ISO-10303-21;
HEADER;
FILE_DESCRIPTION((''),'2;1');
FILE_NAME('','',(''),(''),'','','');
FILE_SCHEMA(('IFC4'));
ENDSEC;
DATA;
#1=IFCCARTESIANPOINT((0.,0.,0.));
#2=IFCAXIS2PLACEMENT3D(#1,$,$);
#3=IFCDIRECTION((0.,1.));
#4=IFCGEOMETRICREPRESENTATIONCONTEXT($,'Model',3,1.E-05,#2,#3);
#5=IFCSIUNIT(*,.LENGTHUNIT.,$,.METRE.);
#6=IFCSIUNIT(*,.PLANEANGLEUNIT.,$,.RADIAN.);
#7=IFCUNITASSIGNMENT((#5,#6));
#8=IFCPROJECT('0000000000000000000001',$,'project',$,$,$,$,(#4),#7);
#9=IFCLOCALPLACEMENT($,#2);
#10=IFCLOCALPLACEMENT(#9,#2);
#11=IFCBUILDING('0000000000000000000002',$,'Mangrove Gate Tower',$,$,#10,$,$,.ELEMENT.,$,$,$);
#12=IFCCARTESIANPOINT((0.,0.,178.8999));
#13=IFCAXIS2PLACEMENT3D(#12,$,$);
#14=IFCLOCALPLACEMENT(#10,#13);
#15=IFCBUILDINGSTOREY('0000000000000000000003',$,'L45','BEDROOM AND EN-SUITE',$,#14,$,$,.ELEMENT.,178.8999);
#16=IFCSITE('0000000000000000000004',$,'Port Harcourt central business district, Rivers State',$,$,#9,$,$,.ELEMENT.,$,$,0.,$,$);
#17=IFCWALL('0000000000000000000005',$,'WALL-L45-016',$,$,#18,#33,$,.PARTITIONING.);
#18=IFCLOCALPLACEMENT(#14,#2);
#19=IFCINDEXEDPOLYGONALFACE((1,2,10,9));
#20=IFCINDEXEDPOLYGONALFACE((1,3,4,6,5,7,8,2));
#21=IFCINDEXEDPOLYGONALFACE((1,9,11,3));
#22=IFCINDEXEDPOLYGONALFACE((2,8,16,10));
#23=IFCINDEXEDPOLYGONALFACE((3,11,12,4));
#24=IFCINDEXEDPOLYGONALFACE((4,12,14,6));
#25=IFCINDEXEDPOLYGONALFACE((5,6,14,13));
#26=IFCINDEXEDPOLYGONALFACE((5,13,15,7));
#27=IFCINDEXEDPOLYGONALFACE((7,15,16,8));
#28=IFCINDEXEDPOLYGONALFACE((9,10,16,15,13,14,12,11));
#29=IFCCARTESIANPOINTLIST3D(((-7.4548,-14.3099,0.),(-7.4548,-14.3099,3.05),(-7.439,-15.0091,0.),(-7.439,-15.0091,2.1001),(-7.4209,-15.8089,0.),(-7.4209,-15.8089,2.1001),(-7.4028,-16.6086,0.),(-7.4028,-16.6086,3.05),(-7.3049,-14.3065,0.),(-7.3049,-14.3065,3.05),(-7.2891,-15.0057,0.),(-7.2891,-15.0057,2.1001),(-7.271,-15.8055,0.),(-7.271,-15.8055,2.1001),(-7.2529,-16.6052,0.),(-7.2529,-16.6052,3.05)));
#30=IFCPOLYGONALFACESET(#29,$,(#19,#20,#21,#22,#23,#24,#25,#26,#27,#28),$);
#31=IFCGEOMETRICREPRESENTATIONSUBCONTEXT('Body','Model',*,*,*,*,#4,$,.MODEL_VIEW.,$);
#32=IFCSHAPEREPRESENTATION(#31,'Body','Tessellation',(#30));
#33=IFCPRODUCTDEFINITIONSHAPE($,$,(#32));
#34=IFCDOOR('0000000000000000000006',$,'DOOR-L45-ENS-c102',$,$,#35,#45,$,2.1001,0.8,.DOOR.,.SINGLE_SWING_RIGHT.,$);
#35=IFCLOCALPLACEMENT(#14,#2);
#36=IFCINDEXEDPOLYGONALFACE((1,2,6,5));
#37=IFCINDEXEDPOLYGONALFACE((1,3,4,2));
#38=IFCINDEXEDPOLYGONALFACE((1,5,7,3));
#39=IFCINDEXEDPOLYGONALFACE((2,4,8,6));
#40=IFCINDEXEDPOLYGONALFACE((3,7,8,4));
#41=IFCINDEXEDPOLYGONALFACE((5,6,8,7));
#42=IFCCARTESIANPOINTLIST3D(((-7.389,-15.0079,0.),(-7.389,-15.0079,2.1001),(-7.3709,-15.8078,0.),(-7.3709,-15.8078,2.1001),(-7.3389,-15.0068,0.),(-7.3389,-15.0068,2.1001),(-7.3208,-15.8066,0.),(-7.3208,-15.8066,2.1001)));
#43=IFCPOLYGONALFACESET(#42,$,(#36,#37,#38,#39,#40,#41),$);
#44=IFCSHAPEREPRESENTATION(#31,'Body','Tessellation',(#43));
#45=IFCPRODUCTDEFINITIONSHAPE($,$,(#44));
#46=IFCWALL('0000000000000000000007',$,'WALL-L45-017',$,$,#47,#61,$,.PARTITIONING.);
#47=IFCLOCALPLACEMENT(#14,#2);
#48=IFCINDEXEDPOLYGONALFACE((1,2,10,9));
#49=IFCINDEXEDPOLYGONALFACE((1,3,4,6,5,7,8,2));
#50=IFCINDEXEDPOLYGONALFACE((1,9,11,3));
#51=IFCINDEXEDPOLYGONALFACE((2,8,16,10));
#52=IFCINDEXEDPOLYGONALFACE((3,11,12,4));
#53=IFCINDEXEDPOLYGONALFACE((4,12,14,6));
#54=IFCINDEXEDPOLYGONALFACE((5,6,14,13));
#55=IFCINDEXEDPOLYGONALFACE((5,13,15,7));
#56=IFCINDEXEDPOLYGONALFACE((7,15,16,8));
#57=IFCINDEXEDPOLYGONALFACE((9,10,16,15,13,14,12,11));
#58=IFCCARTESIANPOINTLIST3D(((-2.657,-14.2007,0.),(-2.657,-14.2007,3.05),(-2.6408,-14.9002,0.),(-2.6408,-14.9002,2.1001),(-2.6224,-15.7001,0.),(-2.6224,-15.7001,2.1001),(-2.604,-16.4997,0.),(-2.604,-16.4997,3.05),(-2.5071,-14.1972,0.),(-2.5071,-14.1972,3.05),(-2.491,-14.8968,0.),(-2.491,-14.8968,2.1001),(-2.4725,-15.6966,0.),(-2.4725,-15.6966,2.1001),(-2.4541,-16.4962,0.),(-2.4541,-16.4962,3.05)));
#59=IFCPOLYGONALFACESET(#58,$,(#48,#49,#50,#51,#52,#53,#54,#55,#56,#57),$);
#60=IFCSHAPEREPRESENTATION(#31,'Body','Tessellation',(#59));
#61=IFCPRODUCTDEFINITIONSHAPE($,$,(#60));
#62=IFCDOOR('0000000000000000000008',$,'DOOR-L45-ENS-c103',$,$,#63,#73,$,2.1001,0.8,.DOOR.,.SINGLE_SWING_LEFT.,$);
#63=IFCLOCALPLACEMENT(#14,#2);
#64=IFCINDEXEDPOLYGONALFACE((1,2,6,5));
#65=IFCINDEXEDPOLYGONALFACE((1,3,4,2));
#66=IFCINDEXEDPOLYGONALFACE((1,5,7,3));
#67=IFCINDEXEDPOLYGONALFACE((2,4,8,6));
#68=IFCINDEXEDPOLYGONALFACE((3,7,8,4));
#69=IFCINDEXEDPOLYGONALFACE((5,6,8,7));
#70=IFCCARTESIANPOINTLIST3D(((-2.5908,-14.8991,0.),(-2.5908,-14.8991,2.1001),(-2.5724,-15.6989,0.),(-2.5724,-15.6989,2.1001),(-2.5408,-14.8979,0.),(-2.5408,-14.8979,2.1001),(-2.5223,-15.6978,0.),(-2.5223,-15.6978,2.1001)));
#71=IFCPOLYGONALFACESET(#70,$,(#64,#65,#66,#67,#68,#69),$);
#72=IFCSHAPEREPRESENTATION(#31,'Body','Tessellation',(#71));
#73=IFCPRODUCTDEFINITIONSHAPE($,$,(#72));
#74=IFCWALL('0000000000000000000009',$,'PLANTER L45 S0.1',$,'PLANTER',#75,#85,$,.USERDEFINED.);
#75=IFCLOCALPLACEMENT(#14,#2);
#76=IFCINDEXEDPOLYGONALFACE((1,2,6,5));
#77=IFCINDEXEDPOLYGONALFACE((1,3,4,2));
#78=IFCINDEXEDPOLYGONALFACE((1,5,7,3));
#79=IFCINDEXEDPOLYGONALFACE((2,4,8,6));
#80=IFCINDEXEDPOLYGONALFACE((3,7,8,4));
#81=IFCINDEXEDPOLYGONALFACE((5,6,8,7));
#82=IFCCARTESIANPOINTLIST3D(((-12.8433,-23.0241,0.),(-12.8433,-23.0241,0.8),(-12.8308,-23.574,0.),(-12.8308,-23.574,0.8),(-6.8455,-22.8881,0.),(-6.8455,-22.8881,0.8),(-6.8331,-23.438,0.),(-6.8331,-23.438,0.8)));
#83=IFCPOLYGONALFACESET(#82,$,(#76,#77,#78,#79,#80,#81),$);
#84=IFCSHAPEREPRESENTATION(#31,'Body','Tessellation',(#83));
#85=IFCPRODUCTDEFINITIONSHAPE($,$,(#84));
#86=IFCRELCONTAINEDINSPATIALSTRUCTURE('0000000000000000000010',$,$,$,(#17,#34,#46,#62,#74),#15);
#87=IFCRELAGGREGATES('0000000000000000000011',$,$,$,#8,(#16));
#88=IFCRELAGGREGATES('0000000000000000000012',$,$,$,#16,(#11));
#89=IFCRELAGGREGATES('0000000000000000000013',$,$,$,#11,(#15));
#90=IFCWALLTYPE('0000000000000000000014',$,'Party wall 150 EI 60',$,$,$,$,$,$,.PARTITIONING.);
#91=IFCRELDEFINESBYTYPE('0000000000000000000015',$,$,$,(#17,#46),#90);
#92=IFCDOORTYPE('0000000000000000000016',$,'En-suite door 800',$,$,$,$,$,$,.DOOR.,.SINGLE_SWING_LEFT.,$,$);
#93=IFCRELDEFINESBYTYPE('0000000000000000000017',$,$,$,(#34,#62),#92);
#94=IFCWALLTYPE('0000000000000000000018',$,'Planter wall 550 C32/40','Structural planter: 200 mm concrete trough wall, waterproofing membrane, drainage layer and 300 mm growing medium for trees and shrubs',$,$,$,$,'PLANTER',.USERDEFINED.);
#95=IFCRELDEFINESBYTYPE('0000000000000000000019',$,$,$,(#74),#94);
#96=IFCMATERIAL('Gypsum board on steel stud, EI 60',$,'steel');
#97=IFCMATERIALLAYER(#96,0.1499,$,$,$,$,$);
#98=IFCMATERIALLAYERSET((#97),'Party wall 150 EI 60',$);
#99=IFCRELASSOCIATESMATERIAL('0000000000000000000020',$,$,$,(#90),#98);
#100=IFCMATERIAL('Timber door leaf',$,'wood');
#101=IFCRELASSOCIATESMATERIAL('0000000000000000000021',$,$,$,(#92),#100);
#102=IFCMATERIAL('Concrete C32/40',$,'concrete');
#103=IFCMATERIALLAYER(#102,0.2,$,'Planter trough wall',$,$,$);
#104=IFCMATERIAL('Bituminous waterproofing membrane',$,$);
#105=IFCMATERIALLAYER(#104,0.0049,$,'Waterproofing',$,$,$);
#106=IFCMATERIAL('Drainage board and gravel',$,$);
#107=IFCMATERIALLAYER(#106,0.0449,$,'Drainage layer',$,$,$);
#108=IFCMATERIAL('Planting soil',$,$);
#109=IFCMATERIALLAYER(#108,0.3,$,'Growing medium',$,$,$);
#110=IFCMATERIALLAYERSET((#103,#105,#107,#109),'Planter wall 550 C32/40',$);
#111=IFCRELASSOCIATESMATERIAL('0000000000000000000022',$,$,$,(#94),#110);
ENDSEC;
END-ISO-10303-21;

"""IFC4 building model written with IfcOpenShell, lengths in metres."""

from ifc_helpers import new_model, si_unit, direction, frame, frame_2d, origin, place, context, subcontext, project, spatial, rectangle, extrude, material, layer, layer_set, type_object, element, fill, save


model = new_model("IFC4")

# Units and contexts
model_context = context("Model", 3, precision=1e-05, world=origin(), true_north=direction((0.0, 1.0)))
body_context = subcontext(model_context, "Body", "Model", "MODEL_VIEW")
ifc_project = project(units=[si_unit("LENGTHUNIT", "METRE"), si_unit("PLANEANGLEUNIT", "RADIAN")], contexts=[model_context])

# Site, building, storey
site_placement = place(None, origin())
site = spatial("IfcSite", under=ifc_project, at=site_placement, Name="Port Harcourt central business district, Rivers State", CompositionType="ELEMENT", RefElevation=0.0)
building_placement = place(site_placement, origin())
building = spatial("IfcBuilding", under=site, at=building_placement, Name="Mangrove Gate Tower", CompositionType="ELEMENT")
storey_placement = place(building_placement, frame((0.0, 0.0, 178.8999)))
storey = spatial("IfcBuildingStorey", under=building, at=storey_placement, Name="L45", Description="BEDROOM AND EN-SUITE", CompositionType="ELEMENT", Elevation=178.8999)

# Shared definitions
ifc_material_1 = material(Name="Gypsum board on steel stud, EI 60", Category="steel")
ifc_layer_1 = layer(ifc_material_1, 0.1499)
ifc_layer_set_1 = layer_set([ifc_layer_1], Name="Party wall 150 EI 60")
wall_type_1 = type_object("IfcWallType", Name="Party wall 150 EI 60", PredefinedType="PARTITIONING", material=ifc_layer_set_1)

# Shared definitions
ifc_material_2 = material(Name="Timber door leaf", Category="wood")
door_type = type_object("IfcDoorType", Name="En-suite door 800", OperationType="SINGLE_SWING_LEFT", PredefinedType="DOOR", material=ifc_material_2)

# Walls, openings, doors
wall_1_placement = place(storey_placement, frame((-7.3279, -16.6069, 0.0), z_axis=(0.0, 0.0, 1.0), x_axis=(-0.022615, 0.999744, 0.0)))
wall_1 = element("IfcWall", 1, at=wall_1_placement, inside=storey, type_object=wall_type_1, Name="WALL-L45-016", PredefinedType="PARTITIONING", context=body_context, shape_type="SweptSolid", body=[
    extrude(rectangle(XDim=2.2993, YDim=0.1499, at=frame_2d((1.1497, 0.0))), origin(), (0.0, 0.0, 1.0), 3.05),
])
opening_1_placement = place(wall_1_placement, frame((0.8, 0.0, 0.0)))
opening_1 = element("IfcOpeningElement", 2, at=opening_1_placement, cuts=wall_1, PredefinedType="OPENING", context=body_context, shape_type="SweptSolid", body=[
    extrude(rectangle(XDim=0.8, YDim=2.1001, at=frame_2d((0.3999, 1.05))), frame((0.0, 0.085, 0.0), z_axis=(0.0, -1.0, 0.0), x_axis=(1.0, 0.0, 0.0)), (0.0, 0.0, 1.0), 0.1699),
])
door_1_placement = place(opening_1_placement, origin())
door_1 = element("IfcDoor", 3, at=door_1_placement, inside=storey, type_object=door_type, Name="DOOR-L45-ENS-c102", OperationType="SINGLE_SWING_RIGHT", OverallHeight=2.1001, OverallWidth=0.8, PredefinedType="DOOR", context=body_context, shape_type="SweptSolid", body=[
    extrude(rectangle(XDim=0.8, YDim=2.1001, at=frame_2d((0.3999, 1.05))), frame((0.0, 0.0249, 0.0), z_axis=(0.0, -1.0, 0.0), x_axis=(1.0, 0.0, 0.0)), (0.0, 0.0, 1.0), 0.05),
])
fill(opening_1, door_1)
wall_2_placement = place(storey_placement, frame((-2.5291, -16.498, 0.0), z_axis=(0.0, 0.0, 1.0), x_axis=(-0.023037, 0.999735, 0.0)))
wall_2 = element("IfcWall", 4, at=wall_2_placement, inside=storey, type_object=wall_type_1, Name="WALL-L45-017", PredefinedType="PARTITIONING", context=body_context, shape_type="SweptSolid", body=[
    extrude(rectangle(XDim=2.2996, YDim=0.1499, at=frame_2d((1.1499, 0.0))), origin(), (0.0, 0.0, 1.0), 3.05),
])
opening_2_placement = place(wall_2_placement, frame((0.8, 0.0, 0.0)))
opening_2 = element("IfcOpeningElement", 5, at=opening_2_placement, cuts=wall_2, PredefinedType="OPENING", context=body_context, shape_type="SweptSolid", body=[
    extrude(rectangle(XDim=0.8, YDim=2.1001, at=frame_2d((0.3999, 1.05))), frame((0.0, 0.085, 0.0), z_axis=(0.0, -1.0, 0.0), x_axis=(1.0, 0.0, 0.0)), (0.0, 0.0, 1.0), 0.1699),
])
door_2_placement = place(opening_2_placement, origin())
door_2 = element("IfcDoor", 6, at=door_2_placement, inside=storey, type_object=door_type, Name="DOOR-L45-ENS-c103", OperationType="SINGLE_SWING_LEFT", OverallHeight=2.1001, OverallWidth=0.8, PredefinedType="DOOR", context=body_context, shape_type="SweptSolid", body=[
    extrude(rectangle(XDim=0.8, YDim=2.1001, at=frame_2d((0.3999, 1.05))), frame((0.0, 0.0249, 0.0), z_axis=(0.0, -1.0, 0.0), x_axis=(1.0, 0.0, 0.0)), (0.0, 0.0, 1.0), 0.05),
])
fill(opening_2, door_2)

# Wall
ifc_material_3 = material(Name="Concrete C32/40", Category="concrete")
ifc_layer_2 = layer(ifc_material_3, 0.2, Name="Planter trough wall")
ifc_material_4 = material(Name="Bituminous waterproofing membrane")
ifc_layer_3 = layer(ifc_material_4, 0.0049, Name="Waterproofing")
ifc_material_5 = material(Name="Drainage board and gravel")
ifc_layer_4 = layer(ifc_material_5, 0.0449, Name="Drainage layer")
ifc_material_6 = material(Name="Planting soil")
ifc_layer_5 = layer(ifc_material_6, 0.3, Name="Growing medium")
ifc_layer_set_2 = layer_set([ifc_layer_2, ifc_layer_3, ifc_layer_4, ifc_layer_5], Name="Planter wall 550 C32/40")
wall_type_2 = type_object("IfcWallType", Name="Planter wall 550 C32/40", Description="Structural planter: 200 mm concrete trough wall, waterproofing membrane, drainage layer and 300 mm growing medium for trees and shrubs", ElementType="PLANTER", PredefinedType="USERDEFINED", material=ifc_layer_set_2)
wall_3_placement = place(storey_placement, frame((-12.8369, -23.2991, 0.0), z_axis=(0.0, 0.0, 1.0), x_axis=(0.999743, 0.022667, 0.0)))
element("IfcWall", 7, at=wall_3_placement, inside=storey, type_object=wall_type_2, Name="PLANTER L45 S0.1", ObjectType="PLANTER", PredefinedType="USERDEFINED", context=body_context, shape_type="SweptSolid", body=[
    extrude(rectangle(XDim=5.9993, YDim=0.55, at=frame_2d((2.9995, 0.0))), origin(), (0.0, 0.0, 1.0), 0.8),
])

save(model, "model.ifc")
